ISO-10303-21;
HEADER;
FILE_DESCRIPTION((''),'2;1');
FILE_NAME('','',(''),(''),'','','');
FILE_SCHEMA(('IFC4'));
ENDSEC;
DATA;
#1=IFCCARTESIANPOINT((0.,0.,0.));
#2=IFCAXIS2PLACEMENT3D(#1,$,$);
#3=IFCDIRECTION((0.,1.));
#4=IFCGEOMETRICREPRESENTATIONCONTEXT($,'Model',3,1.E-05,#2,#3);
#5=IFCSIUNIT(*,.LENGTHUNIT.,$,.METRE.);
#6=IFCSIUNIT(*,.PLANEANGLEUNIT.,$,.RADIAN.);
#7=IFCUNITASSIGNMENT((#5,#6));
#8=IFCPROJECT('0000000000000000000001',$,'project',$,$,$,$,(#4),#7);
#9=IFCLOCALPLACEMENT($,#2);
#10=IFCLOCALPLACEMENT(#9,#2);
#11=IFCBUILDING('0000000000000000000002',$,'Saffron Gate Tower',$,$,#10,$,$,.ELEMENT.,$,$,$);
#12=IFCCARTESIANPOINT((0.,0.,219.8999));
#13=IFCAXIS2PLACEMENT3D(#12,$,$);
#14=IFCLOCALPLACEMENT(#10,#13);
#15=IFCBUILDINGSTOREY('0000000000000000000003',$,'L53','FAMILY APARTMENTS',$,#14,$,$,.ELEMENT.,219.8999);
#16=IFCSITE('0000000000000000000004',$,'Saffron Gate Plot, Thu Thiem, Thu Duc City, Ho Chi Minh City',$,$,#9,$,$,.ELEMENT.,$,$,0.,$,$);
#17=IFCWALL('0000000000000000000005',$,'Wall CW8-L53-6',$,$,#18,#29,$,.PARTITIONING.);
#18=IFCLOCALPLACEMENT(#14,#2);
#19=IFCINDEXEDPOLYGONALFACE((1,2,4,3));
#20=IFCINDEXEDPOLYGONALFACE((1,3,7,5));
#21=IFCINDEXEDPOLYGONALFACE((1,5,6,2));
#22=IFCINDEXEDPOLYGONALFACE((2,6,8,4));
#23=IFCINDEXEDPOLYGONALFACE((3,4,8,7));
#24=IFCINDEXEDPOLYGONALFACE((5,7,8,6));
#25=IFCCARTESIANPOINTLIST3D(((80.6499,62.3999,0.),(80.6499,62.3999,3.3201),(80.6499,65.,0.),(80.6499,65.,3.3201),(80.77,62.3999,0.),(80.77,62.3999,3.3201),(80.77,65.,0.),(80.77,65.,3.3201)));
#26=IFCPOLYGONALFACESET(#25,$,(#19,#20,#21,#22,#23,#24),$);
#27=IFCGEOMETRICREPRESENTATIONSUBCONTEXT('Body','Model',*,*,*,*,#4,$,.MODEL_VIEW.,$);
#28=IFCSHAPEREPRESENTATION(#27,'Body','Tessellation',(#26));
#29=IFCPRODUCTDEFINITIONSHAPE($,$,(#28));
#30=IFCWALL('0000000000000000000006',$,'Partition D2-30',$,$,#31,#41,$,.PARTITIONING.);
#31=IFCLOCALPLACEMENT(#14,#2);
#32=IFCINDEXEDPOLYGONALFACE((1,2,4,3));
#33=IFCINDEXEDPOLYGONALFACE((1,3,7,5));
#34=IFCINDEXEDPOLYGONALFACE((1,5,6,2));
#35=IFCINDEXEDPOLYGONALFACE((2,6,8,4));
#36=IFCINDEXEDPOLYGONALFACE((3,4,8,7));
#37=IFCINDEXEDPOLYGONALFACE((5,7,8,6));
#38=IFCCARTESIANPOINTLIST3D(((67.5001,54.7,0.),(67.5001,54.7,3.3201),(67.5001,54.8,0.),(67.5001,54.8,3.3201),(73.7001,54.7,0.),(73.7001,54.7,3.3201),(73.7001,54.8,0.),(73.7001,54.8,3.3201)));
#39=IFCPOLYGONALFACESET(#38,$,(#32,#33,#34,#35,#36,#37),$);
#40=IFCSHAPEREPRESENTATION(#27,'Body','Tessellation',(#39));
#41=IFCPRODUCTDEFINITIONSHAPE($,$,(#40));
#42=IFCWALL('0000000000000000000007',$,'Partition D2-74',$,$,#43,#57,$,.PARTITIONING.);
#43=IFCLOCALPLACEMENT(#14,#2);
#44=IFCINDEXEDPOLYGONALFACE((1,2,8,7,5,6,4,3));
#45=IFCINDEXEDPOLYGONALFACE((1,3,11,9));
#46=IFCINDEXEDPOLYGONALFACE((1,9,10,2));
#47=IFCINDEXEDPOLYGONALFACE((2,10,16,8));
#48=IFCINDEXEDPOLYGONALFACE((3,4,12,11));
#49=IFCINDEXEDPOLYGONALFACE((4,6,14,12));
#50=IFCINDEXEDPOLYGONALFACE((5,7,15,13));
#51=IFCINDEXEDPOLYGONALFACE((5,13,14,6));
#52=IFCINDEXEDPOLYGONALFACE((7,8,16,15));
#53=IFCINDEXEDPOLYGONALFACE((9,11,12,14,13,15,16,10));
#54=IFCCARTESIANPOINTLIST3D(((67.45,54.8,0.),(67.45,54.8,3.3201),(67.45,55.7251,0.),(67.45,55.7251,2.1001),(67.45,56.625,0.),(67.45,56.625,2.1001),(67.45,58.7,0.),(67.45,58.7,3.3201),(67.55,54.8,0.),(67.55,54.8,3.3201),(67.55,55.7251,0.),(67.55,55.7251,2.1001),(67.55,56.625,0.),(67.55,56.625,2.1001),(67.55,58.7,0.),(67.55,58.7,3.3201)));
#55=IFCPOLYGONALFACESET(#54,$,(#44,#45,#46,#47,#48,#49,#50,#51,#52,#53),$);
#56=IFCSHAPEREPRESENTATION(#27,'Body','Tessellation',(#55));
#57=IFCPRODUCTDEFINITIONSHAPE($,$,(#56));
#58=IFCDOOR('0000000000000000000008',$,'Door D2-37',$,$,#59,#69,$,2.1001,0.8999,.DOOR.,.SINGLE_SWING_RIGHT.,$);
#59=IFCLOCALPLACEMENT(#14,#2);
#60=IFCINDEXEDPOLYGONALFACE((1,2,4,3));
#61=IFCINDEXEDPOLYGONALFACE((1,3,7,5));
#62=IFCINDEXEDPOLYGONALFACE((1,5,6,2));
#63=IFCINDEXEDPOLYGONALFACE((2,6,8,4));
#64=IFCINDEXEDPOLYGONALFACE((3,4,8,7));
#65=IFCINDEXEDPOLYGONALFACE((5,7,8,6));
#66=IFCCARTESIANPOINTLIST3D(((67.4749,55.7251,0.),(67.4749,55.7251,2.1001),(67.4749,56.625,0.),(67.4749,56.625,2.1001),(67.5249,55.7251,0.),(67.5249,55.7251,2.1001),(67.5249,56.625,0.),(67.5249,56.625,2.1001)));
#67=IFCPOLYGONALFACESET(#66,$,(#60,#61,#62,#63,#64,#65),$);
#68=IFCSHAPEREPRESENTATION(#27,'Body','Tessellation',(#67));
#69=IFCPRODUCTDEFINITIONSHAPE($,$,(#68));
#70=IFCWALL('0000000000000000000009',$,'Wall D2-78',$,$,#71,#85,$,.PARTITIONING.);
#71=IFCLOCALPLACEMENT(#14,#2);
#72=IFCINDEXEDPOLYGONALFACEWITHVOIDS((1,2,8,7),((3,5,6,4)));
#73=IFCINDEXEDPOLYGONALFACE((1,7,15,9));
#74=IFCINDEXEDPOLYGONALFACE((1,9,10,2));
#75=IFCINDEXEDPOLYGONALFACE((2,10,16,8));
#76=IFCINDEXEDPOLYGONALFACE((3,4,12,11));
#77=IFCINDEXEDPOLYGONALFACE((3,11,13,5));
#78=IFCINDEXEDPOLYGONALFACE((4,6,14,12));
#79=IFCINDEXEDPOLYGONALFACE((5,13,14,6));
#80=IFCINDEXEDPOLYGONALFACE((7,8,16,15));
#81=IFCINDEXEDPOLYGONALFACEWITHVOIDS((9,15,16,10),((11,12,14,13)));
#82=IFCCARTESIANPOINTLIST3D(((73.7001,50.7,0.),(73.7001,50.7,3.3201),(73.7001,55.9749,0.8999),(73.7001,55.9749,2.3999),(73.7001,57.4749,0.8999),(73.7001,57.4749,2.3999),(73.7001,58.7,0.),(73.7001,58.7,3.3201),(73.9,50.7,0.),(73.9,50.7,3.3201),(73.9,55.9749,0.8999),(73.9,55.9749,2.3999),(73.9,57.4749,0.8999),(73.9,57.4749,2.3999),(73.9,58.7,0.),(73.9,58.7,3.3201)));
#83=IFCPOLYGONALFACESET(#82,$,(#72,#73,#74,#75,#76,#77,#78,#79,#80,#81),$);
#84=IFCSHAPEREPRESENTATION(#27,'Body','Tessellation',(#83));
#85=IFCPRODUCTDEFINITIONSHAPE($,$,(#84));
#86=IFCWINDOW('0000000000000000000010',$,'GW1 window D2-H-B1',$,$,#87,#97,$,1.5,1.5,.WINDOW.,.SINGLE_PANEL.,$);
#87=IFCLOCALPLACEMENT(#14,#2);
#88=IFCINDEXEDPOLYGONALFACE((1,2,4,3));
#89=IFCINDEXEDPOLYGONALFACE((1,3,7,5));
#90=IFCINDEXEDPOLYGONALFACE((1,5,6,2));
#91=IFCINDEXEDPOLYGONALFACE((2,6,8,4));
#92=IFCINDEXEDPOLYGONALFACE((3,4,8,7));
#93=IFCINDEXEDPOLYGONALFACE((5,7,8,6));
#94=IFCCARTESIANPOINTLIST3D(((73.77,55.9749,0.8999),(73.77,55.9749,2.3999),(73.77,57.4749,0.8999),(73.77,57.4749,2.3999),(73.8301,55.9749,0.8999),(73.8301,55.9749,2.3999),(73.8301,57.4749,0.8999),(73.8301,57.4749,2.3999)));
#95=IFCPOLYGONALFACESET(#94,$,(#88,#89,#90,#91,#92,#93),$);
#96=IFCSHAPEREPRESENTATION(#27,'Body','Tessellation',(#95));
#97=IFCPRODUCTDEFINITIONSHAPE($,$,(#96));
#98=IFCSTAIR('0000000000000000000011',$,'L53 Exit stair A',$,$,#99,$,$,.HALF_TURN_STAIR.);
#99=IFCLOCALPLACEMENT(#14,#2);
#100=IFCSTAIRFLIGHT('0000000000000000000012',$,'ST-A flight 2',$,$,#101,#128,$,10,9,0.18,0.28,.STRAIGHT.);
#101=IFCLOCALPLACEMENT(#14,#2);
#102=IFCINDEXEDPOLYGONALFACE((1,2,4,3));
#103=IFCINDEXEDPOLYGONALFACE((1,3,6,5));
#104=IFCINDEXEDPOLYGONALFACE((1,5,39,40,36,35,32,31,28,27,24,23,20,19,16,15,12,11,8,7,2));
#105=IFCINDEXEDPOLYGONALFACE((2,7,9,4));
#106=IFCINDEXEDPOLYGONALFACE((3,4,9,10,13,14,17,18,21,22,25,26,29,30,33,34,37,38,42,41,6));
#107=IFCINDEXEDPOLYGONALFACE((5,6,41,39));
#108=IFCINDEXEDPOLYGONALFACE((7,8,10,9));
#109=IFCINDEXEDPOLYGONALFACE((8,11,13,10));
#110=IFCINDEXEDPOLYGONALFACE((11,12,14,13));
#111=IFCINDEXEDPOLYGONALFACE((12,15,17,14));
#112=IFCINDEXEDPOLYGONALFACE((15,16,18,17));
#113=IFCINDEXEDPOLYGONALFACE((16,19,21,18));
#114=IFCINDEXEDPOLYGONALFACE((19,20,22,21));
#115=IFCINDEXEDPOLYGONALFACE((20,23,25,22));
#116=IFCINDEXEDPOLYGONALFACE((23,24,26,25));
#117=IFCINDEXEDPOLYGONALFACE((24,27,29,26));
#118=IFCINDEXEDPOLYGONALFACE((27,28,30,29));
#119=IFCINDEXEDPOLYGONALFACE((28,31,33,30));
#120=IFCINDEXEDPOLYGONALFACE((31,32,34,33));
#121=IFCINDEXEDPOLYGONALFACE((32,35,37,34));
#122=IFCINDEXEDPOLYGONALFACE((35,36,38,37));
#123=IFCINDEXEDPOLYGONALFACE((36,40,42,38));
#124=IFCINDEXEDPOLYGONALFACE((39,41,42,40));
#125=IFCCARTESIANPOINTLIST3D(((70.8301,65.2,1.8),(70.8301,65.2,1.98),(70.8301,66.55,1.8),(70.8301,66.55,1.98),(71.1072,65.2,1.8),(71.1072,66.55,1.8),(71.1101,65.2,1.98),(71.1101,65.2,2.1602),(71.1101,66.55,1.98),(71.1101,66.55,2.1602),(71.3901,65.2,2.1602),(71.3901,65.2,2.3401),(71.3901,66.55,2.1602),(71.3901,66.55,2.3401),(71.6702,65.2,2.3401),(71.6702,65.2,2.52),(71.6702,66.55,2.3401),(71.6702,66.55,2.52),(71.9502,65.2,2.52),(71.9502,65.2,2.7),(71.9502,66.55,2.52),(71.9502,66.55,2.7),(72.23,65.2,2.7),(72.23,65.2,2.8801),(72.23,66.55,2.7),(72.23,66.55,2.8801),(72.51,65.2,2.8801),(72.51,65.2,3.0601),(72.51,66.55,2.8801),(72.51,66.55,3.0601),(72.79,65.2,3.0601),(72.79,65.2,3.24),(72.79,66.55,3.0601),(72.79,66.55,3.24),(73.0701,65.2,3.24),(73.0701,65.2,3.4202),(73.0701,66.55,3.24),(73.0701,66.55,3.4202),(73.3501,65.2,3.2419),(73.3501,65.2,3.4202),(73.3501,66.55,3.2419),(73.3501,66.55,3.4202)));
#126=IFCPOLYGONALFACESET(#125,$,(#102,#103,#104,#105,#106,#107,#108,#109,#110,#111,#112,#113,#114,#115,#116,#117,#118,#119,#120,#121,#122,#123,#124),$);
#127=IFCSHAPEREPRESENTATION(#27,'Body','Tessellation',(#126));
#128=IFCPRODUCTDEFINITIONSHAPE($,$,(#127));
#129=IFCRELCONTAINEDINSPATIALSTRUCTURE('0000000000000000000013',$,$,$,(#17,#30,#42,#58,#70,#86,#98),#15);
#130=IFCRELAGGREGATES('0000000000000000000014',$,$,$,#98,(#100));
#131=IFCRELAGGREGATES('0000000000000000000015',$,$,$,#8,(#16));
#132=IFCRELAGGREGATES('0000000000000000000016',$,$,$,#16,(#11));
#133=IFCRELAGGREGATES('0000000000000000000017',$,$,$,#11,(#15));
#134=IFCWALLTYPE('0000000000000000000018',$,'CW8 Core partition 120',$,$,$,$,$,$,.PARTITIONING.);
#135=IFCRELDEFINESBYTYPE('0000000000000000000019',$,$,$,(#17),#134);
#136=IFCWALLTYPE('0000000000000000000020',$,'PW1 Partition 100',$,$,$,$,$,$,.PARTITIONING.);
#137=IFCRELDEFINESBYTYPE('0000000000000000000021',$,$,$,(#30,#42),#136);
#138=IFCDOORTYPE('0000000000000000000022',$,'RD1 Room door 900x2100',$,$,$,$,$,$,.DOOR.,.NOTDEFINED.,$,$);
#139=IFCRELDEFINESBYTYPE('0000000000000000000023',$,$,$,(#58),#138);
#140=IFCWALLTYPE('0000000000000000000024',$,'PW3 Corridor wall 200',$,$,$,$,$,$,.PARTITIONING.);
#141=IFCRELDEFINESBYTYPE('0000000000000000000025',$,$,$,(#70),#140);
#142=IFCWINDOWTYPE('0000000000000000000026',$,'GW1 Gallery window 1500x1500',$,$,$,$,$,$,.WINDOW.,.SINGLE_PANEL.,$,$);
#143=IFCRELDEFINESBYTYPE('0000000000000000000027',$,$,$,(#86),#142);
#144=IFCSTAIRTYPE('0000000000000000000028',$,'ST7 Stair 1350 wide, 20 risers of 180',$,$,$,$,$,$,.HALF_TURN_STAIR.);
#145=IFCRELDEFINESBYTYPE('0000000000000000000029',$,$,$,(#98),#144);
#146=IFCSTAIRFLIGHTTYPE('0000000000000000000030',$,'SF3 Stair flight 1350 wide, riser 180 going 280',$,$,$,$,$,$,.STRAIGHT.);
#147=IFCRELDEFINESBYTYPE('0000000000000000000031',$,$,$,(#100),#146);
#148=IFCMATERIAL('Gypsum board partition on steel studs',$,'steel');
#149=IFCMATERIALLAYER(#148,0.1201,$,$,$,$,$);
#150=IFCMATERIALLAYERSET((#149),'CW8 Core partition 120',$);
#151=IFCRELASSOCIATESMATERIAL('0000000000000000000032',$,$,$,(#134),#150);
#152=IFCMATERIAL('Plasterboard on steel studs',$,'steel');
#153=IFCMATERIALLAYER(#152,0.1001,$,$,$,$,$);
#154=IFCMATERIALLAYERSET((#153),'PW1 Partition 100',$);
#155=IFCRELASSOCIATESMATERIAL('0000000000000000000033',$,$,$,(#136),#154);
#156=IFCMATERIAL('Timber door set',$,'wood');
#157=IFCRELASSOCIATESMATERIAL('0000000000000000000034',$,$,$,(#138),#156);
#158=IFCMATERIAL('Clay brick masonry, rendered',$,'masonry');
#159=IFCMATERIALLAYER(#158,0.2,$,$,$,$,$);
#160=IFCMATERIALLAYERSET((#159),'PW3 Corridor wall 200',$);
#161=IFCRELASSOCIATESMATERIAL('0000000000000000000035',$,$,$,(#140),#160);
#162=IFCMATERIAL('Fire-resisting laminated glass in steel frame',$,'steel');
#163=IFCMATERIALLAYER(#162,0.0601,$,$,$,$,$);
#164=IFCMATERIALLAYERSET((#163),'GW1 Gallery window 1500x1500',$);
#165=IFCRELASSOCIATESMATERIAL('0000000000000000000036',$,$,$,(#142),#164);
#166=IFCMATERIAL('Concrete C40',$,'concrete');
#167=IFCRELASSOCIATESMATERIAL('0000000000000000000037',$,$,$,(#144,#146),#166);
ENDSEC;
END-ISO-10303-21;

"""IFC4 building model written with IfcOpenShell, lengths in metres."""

from ifc_helpers import new_model, si_unit, direction, frame, frame_2d, origin, place, context, subcontext, project, spatial, polyline, rectangle, outline, extrude, material, layer, layer_set, type_object, element, fill, aggregate, save


model = new_model("IFC4")

# Units and contexts
model_context = context("Model", 3, precision=1e-05, world=origin(), true_north=direction((0.0, 1.0)))
body_context = subcontext(model_context, "Body", "Model", "MODEL_VIEW")
ifc_project = project(units=[si_unit("LENGTHUNIT", "METRE"), si_unit("PLANEANGLEUNIT", "RADIAN")], contexts=[model_context])

# Site, building, storey
site_placement = place(None, origin())
site = spatial("IfcSite", under=ifc_project, at=site_placement, Name="Saffron Gate Plot, Thu Thiem, Thu Duc City, Ho Chi Minh City", CompositionType="ELEMENT", RefElevation=0.0)
building_placement = place(site_placement, origin())
building = spatial("IfcBuilding", under=site, at=building_placement, Name="Saffron Gate Tower", CompositionType="ELEMENT")
storey_placement = place(building_placement, frame((0.0, 0.0, 219.8999)))
storey = spatial("IfcBuildingStorey", under=building, at=storey_placement, Name="L53", Description="FAMILY APARTMENTS", CompositionType="ELEMENT", Elevation=219.8999)

# Walls
ifc_material_1 = material(Name="Gypsum board partition on steel studs", Category="steel")
ifc_layer_1 = layer(ifc_material_1, 0.1201)
ifc_layer_set_1 = layer_set([ifc_layer_1], Name="CW8 Core partition 120")
wall_type_1 = type_object("IfcWallType", Name="CW8 Core partition 120", PredefinedType="PARTITIONING", material=ifc_layer_set_1)
wall_1_placement = place(storey_placement, frame((80.71, 62.3999, 0.0), z_axis=(0.0, 0.0, 1.0), x_axis=(0.0, 1.0, 0.0)))
element("IfcWall", 1, at=wall_1_placement, inside=storey, type_object=wall_type_1, Name="Wall CW8-L53-6", PredefinedType="PARTITIONING", context=body_context, shape_type="SweptSolid", body=[
    extrude(rectangle(XDim=2.6001, YDim=0.1201, at=frame_2d((1.3, 0.0))), origin(), (0.0, 0.0, 1.0), 3.3201),
])
ifc_material_2 = material(Name="Plasterboard on steel studs", Category="steel")
ifc_layer_2 = layer(ifc_material_2, 0.1001)
ifc_layer_set_2 = layer_set([ifc_layer_2], Name="PW1 Partition 100")
wall_type_2 = type_object("IfcWallType", Name="PW1 Partition 100", PredefinedType="PARTITIONING", material=ifc_layer_set_2)
wall_2_placement = place(storey_placement, frame((67.5, 54.75, 0.0), z_axis=(0.0, 0.0, 1.0), x_axis=(1.0, 0.0, 0.0)))
element("IfcWall", 2, at=wall_2_placement, inside=storey, type_object=wall_type_2, Name="Partition D2-30", PredefinedType="PARTITIONING", context=body_context, shape_type="SweptSolid", body=[
    extrude(rectangle(XDim=6.2, YDim=0.1001, at=frame_2d((3.1001, 0.0))), origin(), (0.0, 0.0, 1.0), 3.3201),
])

# Wall, opening, door
wall_3_placement = place(storey_placement, frame((67.5, 58.7, 0.0), z_axis=(0.0, 0.0, 1.0), x_axis=(0.0, -1.0, 0.0)))
wall_3 = element("IfcWall", 3, at=wall_3_placement, inside=storey, type_object=wall_type_2, Name="Partition D2-74", PredefinedType="PARTITIONING", context=body_context, shape_type="SweptSolid", body=[
    extrude(rectangle(XDim=3.8999, YDim=0.1001, at=frame_2d((1.95, 0.0))), origin(), (0.0, 0.0, 1.0), 3.3201),
])
opening_1_placement = place(wall_3_placement, frame((2.075, 0.0, 0.0)))
opening_1 = element("IfcOpeningElement", 4, at=opening_1_placement, cuts=wall_3, PredefinedType="OPENING", context=body_context, shape_type="SweptSolid", body=[
    extrude(rectangle(XDim=0.8999, YDim=2.1001, at=frame_2d((0.45, 1.05))), frame((0.0, 0.0601, 0.0), z_axis=(0.0, -1.0, 0.0), x_axis=(1.0, 0.0, 0.0)), (0.0, 0.0, 1.0), 0.1201),
])
ifc_material_3 = material(Name="Timber door set", Category="wood")
door_type_1 = type_object("IfcDoorType", Name="RD1 Room door 900x2100", OperationType="NOTDEFINED", PredefinedType="DOOR", material=ifc_material_3)
door_1_placement = place(opening_1_placement, origin())
door_1 = element("IfcDoor", 5, at=door_1_placement, inside=storey, type_object=door_type_1, Name="Door D2-37", OperationType="SINGLE_SWING_RIGHT", OverallHeight=2.1001, OverallWidth=0.8999, PredefinedType="DOOR", context=body_context, shape_type="SweptSolid", body=[
    extrude(rectangle(XDim=0.8999, YDim=2.1001, at=frame_2d((0.45, 1.05))), frame((0.0, 0.0249, 0.0), z_axis=(0.0, -1.0, 0.0), x_axis=(1.0, 0.0, 0.0)), (0.0, 0.0, 1.0), 0.05),
])
fill(opening_1, door_1)

# Wall, opening, window
ifc_material_4 = material(Name="Clay brick masonry, rendered", Category="masonry")
ifc_layer_3 = layer(ifc_material_4, 0.2)
ifc_layer_set_3 = layer_set([ifc_layer_3], Name="PW3 Corridor wall 200")
wall_type_3 = type_object("IfcWallType", Name="PW3 Corridor wall 200", PredefinedType="PARTITIONING", material=ifc_layer_set_3)
wall_4_placement = place(storey_placement, frame((73.8, 58.7, 0.0), z_axis=(0.0, 0.0, 1.0), x_axis=(0.0, -1.0, 0.0)))
wall_4 = element("IfcWall", 6, at=wall_4_placement, inside=storey, type_object=wall_type_3, Name="Wall D2-78", PredefinedType="PARTITIONING", context=body_context, shape_type="SweptSolid", body=[
    extrude(rectangle(XDim=8.0, YDim=0.2, at=frame_2d((4.0, 0.0))), origin(), (0.0, 0.0, 1.0), 3.3201),
])
opening_2_placement = place(wall_4_placement, frame((1.2251, 0.0, 0.8999)))
opening_2 = element("IfcOpeningElement", 7, at=opening_2_placement, cuts=wall_4, PredefinedType="OPENING", context=body_context, shape_type="SweptSolid", body=[
    extrude(rectangle(XDim=1.5, YDim=1.5, at=frame_2d((0.75, 0.75))), frame((0.0, 0.1099, 0.0), z_axis=(0.0, -1.0, 0.0), x_axis=(1.0, 0.0, 0.0)), (0.0, 0.0, 1.0), 0.22),
])
ifc_material_5 = material(Name="Fire-resisting laminated glass in steel frame", Category="steel")
ifc_layer_4 = layer(ifc_material_5, 0.0601)
ifc_layer_set_4 = layer_set([ifc_layer_4], Name="GW1 Gallery window 1500x1500")
window_type = type_object("IfcWindowType", Name="GW1 Gallery window 1500x1500", PartitioningType="SINGLE_PANEL", PredefinedType="WINDOW", material=ifc_layer_set_4)
window_placement = place(opening_2_placement, origin())
window = element("IfcWindow", 8, at=window_placement, inside=storey, type_object=window_type, Name="GW1 window D2-H-B1", OverallHeight=1.5, OverallWidth=1.5, PartitioningType="SINGLE_PANEL", PredefinedType="WINDOW", context=body_context, shape_type="SweptSolid", body=[
    extrude(rectangle(XDim=1.5, YDim=1.5, at=frame_2d((0.75, 0.75))), frame((0.0, 0.03, 0.0), z_axis=(0.0, -1.0, 0.0), x_axis=(1.0, 0.0, 0.0)), (0.0, 0.0, 1.0), 0.0601),
])
fill(opening_2, window)

# Stair, stair flight
ifc_material_6 = material(Name="Concrete C40", Category="concrete")
stair_type = type_object("IfcStairType", Name="ST7 Stair 1350 wide, 20 risers of 180", PredefinedType="HALF_TURN_STAIR", material=ifc_material_6)
stair_placement = place(storey_placement, origin())
stair = element("IfcStair", 9, at=stair_placement, inside=storey, type_object=stair_type, Name="L53 Exit stair A", PredefinedType="HALF_TURN_STAIR")
stair_flight_type = type_object("IfcStairFlightType", Name="SF3 Stair flight 1350 wide, riser 180 going 280", PredefinedType="STRAIGHT", material=ifc_material_6)
stair_flight_placement = place(storey_placement, frame((70.8301, 65.875, 1.8), z_axis=(0.0, 0.0, 1.0), x_axis=(1.0, 0.0, 0.0)))
stair_flight = element("IfcStairFlight", 10, at=stair_flight_placement, type_object=stair_flight_type, Name="ST-A flight 2", NumberOfRisers=10, NumberOfTreads=9, PredefinedType="STRAIGHT", RiserHeight=0.18, TreadLength=0.28, context=body_context, shape_type="SweptSolid", body=[
    extrude(outline(polyline([(0.0, 0.0), (0.0, 0.1799), (0.28, 0.1799), (0.28, 0.3601), (0.5601, 0.3601), (0.5601, 0.54), (0.8401, 0.54), (0.8401, 0.72), (1.1201, 0.72), (1.1201, 0.8999), (1.3999, 0.8999), (1.3999, 1.0801), (1.6799, 1.0801), (1.6799, 1.26), (1.96, 1.26), (1.96, 1.4399), (2.24, 1.4399), (2.24, 1.6201), (2.52, 1.6201), (2.52, 1.8), (2.52, 1.4419), (0.2771, 0.0), (0.0, 0.0)])), frame((0.0, 0.675, 0.0), z_axis=(0.0, -1.0, 0.0), x_axis=(1.0, 0.0, 0.0)), (0.0, 0.0, 1.0), 1.3501),
])
aggregate(stair, [stair_flight])

save(model, "model.ifc")
